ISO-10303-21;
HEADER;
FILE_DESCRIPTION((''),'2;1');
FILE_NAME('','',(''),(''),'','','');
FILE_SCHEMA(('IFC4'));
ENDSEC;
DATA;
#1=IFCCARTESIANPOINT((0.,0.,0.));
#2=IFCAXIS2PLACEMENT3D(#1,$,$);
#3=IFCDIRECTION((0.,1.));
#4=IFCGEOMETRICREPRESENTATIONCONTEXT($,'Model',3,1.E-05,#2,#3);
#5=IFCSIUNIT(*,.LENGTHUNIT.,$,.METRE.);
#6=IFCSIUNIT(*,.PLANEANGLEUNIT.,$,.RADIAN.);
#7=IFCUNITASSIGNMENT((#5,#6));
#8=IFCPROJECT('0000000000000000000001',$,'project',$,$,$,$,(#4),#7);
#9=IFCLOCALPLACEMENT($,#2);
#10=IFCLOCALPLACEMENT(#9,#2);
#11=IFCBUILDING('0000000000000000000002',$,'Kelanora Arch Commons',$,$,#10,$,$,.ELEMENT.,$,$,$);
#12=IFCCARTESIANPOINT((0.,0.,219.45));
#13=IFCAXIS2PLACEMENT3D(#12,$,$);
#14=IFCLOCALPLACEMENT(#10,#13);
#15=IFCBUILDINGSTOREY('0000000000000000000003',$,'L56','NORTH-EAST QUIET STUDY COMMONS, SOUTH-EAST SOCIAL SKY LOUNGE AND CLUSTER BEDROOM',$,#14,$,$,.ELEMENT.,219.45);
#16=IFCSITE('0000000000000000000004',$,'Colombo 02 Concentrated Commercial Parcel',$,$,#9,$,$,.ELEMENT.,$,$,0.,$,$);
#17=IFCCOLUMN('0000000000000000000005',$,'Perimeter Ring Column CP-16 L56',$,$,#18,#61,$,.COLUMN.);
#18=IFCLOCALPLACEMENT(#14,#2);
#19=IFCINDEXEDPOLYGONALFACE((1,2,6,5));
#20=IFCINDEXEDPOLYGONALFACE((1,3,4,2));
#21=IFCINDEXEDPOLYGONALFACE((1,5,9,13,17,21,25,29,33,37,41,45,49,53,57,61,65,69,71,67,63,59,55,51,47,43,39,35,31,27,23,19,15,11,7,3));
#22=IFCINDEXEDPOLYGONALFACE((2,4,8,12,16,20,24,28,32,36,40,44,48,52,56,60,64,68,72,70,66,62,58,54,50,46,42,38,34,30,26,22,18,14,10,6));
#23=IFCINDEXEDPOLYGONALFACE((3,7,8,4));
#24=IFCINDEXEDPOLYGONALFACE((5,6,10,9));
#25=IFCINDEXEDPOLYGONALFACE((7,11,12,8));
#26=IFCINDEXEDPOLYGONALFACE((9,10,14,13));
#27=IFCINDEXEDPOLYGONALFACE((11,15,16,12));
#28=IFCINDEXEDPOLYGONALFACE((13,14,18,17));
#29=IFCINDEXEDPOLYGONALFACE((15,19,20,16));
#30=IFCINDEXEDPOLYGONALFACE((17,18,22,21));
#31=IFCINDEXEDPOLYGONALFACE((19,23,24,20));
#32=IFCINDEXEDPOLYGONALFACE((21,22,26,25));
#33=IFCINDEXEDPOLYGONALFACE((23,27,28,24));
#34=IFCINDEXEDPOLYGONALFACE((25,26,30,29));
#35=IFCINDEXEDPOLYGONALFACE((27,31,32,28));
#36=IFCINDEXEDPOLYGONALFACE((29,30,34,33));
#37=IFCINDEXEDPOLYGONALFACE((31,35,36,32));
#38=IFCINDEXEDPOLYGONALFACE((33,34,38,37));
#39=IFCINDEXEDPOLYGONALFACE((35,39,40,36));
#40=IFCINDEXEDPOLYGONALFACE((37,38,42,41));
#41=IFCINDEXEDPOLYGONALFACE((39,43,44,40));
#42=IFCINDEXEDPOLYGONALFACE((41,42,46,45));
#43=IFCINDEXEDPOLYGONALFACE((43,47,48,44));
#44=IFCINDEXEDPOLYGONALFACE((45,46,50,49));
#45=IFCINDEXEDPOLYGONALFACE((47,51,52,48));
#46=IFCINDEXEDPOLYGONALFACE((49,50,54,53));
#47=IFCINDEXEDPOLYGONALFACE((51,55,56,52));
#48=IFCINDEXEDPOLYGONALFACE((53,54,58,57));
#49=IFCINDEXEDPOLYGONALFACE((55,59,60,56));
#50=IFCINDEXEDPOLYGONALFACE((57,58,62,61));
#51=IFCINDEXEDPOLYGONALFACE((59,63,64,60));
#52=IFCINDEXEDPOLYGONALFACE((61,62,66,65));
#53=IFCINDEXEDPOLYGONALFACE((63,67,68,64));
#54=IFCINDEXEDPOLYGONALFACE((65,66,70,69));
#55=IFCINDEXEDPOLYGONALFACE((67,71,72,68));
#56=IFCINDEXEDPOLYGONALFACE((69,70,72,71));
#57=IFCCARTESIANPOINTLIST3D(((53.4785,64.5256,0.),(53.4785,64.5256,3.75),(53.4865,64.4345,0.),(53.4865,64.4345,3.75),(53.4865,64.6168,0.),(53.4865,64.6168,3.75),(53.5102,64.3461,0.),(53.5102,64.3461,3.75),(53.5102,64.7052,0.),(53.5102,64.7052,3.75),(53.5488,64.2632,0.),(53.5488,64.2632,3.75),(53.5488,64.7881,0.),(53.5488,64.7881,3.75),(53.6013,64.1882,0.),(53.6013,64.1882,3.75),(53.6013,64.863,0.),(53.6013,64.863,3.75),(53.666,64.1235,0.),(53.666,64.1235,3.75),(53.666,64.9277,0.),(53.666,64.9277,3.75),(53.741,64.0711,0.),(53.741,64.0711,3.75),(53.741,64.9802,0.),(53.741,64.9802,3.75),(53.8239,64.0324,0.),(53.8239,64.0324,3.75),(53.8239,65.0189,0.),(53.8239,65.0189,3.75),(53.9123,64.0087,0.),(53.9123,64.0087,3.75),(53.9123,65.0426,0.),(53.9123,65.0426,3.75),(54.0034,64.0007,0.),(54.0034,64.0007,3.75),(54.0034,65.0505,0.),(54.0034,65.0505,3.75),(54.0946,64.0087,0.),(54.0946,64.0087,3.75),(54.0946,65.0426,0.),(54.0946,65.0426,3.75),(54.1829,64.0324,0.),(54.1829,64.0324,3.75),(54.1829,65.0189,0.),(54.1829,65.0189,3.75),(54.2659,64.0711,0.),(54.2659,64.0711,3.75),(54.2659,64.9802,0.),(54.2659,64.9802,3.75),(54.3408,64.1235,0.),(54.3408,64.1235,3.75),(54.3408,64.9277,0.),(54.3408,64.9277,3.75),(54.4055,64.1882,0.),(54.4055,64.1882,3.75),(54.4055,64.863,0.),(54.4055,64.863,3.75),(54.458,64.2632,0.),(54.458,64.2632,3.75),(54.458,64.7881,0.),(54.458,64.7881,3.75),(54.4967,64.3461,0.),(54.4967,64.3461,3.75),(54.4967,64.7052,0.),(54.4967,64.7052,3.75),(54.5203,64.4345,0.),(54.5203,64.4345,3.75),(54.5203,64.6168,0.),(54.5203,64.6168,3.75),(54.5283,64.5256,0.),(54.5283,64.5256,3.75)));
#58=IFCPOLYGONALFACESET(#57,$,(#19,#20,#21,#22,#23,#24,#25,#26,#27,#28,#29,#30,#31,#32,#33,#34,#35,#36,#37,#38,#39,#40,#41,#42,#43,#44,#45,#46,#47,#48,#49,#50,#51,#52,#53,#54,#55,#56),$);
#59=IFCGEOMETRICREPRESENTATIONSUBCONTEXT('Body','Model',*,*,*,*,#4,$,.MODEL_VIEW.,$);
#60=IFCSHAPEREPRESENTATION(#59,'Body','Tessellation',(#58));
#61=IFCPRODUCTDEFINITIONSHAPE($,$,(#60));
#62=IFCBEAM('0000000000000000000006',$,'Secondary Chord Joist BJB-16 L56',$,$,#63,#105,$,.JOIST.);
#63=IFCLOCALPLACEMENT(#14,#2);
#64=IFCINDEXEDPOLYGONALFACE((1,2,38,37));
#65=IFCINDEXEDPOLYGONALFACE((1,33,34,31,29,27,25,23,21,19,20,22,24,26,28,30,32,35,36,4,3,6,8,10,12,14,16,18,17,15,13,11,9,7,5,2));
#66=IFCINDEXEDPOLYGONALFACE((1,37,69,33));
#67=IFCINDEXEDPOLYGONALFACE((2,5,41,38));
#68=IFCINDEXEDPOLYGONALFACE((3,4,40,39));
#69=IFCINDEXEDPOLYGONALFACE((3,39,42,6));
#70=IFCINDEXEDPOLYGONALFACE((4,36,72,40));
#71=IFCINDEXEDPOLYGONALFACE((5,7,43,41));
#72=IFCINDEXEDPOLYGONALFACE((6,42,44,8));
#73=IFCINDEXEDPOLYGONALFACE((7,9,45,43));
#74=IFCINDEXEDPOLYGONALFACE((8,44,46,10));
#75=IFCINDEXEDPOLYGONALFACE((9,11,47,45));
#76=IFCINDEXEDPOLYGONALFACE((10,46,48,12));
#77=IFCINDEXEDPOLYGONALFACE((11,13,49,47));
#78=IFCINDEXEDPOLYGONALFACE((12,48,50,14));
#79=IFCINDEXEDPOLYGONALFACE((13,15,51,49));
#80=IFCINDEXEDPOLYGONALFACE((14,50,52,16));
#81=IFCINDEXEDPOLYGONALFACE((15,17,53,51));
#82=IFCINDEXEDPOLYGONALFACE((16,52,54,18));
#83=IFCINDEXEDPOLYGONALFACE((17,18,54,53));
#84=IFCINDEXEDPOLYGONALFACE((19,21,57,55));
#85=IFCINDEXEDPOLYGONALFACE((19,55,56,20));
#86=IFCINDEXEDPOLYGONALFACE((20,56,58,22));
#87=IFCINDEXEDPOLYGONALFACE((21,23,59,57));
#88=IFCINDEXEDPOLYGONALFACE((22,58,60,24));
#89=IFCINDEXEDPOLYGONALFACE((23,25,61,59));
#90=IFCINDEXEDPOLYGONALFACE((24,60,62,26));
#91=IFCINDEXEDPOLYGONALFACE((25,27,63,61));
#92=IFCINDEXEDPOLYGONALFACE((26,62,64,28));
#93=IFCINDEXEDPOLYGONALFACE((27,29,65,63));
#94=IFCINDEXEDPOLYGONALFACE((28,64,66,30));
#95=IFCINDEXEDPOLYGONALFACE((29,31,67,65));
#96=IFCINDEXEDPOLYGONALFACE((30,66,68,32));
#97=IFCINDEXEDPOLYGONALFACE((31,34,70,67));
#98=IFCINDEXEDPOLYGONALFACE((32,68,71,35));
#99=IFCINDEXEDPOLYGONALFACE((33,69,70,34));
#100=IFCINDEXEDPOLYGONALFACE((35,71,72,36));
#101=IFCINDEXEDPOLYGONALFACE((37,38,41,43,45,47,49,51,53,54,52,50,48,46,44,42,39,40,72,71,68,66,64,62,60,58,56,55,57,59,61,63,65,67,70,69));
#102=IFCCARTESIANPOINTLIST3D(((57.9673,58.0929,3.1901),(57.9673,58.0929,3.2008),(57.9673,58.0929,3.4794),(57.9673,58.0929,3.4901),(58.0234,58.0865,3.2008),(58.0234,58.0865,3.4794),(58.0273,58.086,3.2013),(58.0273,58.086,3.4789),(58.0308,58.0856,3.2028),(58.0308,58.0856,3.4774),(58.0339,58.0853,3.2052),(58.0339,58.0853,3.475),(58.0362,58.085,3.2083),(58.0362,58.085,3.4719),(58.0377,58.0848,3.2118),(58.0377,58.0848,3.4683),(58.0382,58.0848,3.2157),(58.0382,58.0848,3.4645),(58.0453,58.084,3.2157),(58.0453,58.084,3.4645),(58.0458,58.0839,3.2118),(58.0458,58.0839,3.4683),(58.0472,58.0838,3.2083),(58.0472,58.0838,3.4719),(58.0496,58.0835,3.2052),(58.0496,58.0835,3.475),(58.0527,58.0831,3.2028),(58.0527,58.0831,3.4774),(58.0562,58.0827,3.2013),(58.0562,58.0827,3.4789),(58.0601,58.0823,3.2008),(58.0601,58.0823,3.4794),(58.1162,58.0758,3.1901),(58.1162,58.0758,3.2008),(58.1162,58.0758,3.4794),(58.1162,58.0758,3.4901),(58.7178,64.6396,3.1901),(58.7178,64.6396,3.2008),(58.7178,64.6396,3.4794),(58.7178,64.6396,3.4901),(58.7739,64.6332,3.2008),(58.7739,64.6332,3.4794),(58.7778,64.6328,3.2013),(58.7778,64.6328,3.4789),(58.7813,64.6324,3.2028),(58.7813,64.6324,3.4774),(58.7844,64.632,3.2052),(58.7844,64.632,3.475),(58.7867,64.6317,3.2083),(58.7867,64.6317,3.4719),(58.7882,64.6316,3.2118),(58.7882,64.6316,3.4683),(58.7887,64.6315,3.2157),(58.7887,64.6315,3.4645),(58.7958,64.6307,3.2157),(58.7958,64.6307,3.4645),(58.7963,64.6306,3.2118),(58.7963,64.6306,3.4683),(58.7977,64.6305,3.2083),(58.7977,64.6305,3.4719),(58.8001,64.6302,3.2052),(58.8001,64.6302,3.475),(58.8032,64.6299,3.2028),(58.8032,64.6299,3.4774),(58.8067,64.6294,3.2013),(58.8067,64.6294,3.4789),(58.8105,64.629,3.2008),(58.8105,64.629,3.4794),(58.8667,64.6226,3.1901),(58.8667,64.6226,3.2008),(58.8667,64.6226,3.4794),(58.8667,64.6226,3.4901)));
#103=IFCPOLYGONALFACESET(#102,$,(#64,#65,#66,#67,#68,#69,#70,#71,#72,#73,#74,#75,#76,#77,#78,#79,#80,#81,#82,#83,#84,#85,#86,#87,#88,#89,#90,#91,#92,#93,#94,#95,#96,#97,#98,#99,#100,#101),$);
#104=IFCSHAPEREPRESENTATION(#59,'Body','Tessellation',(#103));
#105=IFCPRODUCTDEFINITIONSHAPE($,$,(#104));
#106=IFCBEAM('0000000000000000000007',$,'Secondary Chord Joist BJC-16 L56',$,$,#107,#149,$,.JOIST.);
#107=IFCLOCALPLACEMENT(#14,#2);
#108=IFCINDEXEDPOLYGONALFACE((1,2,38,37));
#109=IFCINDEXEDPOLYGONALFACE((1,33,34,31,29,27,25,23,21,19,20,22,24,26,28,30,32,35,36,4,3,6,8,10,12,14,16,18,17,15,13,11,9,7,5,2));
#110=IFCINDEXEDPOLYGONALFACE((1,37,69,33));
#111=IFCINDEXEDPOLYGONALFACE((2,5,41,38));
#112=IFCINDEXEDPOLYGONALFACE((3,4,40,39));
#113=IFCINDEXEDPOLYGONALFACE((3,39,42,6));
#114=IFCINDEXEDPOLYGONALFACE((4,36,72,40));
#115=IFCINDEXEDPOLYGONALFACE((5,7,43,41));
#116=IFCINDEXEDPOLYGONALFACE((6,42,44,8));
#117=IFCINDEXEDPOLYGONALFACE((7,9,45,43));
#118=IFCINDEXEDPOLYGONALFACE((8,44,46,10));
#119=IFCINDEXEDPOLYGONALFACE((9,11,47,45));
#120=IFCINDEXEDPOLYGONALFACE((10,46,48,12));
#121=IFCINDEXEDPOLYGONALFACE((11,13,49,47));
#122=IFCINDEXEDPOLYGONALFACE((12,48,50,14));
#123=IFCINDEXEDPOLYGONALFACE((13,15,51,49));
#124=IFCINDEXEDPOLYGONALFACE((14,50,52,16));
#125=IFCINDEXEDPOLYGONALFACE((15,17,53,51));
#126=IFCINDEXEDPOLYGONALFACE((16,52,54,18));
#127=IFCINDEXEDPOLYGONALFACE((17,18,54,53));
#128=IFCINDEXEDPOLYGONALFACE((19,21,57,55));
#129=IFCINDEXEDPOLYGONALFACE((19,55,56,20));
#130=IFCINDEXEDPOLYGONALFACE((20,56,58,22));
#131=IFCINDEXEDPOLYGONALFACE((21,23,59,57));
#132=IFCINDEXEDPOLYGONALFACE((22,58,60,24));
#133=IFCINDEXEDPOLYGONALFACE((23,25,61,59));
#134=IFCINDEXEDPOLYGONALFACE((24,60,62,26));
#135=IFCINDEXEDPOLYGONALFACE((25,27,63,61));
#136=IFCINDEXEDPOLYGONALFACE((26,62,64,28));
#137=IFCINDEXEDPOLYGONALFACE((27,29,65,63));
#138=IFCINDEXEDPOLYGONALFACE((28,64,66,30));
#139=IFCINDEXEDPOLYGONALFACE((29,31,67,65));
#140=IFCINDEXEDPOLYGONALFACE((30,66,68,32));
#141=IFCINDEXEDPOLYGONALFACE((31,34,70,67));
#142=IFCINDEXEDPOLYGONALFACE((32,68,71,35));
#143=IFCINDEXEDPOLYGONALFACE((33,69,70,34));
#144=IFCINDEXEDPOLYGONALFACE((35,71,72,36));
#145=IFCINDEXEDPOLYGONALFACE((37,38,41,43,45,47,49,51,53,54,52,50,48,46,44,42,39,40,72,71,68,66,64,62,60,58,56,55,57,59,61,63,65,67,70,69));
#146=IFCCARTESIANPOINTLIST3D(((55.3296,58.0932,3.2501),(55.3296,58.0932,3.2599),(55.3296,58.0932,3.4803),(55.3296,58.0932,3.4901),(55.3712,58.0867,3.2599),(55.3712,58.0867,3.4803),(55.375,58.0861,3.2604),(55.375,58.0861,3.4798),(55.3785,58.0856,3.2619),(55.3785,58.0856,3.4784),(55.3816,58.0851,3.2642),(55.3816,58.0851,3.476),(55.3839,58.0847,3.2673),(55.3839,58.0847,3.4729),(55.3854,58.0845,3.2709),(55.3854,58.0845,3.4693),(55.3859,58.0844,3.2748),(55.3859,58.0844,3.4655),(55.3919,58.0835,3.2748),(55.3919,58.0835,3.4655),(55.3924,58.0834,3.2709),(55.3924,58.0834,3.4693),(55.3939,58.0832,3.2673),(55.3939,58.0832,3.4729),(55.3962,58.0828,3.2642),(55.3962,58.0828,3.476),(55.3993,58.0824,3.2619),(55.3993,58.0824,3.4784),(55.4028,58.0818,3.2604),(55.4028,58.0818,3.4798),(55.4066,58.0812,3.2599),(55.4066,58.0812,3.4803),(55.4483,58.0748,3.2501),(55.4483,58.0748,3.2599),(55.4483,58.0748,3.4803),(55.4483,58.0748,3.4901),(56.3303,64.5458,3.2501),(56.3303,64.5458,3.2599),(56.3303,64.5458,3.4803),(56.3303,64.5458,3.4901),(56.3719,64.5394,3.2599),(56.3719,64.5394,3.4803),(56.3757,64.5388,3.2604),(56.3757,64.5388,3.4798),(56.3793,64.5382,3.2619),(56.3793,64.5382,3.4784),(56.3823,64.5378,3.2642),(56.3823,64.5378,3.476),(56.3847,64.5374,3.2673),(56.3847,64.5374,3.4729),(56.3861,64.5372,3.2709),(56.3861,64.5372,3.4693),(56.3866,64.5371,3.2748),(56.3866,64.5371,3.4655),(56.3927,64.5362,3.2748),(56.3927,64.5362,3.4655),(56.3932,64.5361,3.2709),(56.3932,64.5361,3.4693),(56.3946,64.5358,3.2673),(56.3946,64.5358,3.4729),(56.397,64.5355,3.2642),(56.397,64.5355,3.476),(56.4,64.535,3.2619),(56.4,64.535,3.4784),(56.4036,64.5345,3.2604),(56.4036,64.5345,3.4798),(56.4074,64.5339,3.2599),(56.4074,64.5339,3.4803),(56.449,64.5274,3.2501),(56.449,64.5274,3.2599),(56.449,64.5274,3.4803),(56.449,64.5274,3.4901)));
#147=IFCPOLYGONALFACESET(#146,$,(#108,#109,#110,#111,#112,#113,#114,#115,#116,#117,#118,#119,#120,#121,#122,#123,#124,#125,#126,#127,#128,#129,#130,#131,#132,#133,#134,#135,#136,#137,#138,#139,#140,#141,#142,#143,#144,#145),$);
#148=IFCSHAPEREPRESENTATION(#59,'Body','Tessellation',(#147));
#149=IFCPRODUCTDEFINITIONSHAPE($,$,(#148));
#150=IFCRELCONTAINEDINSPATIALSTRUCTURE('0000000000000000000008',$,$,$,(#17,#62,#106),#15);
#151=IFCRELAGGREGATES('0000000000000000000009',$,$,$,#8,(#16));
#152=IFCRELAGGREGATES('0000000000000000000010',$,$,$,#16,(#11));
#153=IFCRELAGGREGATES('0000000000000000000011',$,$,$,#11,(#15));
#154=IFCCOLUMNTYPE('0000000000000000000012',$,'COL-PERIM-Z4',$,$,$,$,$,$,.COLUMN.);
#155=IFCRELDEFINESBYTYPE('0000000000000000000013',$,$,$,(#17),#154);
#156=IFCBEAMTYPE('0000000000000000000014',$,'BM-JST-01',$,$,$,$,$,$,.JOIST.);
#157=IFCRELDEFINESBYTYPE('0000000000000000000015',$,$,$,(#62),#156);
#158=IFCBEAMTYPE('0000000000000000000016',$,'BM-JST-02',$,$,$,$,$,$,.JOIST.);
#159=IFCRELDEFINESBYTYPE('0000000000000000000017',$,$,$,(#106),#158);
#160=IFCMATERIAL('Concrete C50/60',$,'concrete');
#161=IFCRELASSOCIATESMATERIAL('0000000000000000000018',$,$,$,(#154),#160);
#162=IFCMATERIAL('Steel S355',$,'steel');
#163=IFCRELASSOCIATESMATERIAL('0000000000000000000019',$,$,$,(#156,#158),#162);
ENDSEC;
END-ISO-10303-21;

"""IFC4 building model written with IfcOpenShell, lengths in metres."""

from ifc_helpers import new_model, si_unit, direction, frame, origin, origin_2d, place, context, subcontext, project, spatial, circle, i_section, extrude, material, material_profile, profile_set, type_object, element, save


model = new_model("IFC4")

# Units and contexts
model_context = context("Model", 3, precision=1e-05, world=origin(), true_north=direction((0.0, 1.0)))
body_context = subcontext(model_context, "Body", "Model", "MODEL_VIEW")
ifc_project = project(units=[si_unit("LENGTHUNIT", "METRE"), si_unit("PLANEANGLEUNIT", "RADIAN")], contexts=[model_context])

# Site, building, storey
site_placement = place(None, origin())
site = spatial("IfcSite", under=ifc_project, at=site_placement, Name="Colombo 02 Concentrated Commercial Parcel", CompositionType="ELEMENT", RefElevation=0.0)
building_placement = place(site_placement, origin())
building = spatial("IfcBuilding", under=site, at=building_placement, Name="Kelanora Arch Commons", CompositionType="ELEMENT")
storey_placement = place(building_placement, frame((0.0, 0.0, 219.45)))
storey = spatial("IfcBuildingStorey", under=building, at=storey_placement, Name="L56", Description="NORTH-EAST QUIET STUDY COMMONS, SOUTH-EAST SOCIAL SKY LOUNGE AND CLUSTER BEDROOM", CompositionType="ELEMENT", Elevation=219.45)

# Column
ifc_material_1 = material(Name="Concrete C50/60", Category="concrete")
ifc_material_profile_1 = material_profile(ifc_material_1, circle(Radius=0.5249, at=origin_2d()), Name="RCC1050")
ifc_profile_set_1 = profile_set([ifc_material_profile_1], Name="Concrete C50/60")
column_type = type_object("IfcColumnType", Name="COL-PERIM-Z4", PredefinedType="COLUMN", material=ifc_profile_set_1)
column_placement = place(storey_placement, frame((54.0034, 64.5256, 0.0), z_axis=(0.0, 0.0, 1.0), x_axis=(1.0, 0.0, 0.0)))
element("IfcColumn", 1, at=column_placement, inside=storey, type_object=column_type, Name="Perimeter Ring Column CP-16 L56", PredefinedType="COLUMN", context=body_context, shape_type="SweptSolid", body=[
    extrude(circle(Radius=0.5249, at=origin_2d()), origin(), (0.0, 0.0, 1.0), 3.75),
])

# Beams
ifc_material_2 = material(Name="Steel S355", Category="steel")
ifc_material_profile_2 = material_profile(ifc_material_2, i_section(OverallWidth=0.1499, OverallDepth=0.3, WebThickness=0.0071, FlangeThickness=0.0107, FilletRadius=0.0149, at=origin_2d()), Name="IPE300")
ifc_profile_set_2 = profile_set([ifc_material_profile_2], Name="Steel S355")
beam_type_1 = type_object("IfcBeamType", Name="BM-JST-01", PredefinedType="JOIST", material=ifc_profile_set_2)
beam_1_placement = place(storey_placement, frame((58.7922, 64.6311, 3.3401), z_axis=(-0.113891, -0.993493, 0.0), x_axis=(0.993493, -0.113891, 0.0)))
element("IfcBeam", 2, at=beam_1_placement, inside=storey, type_object=beam_type_1, Name="Secondary Chord Joist BJB-16 L56", PredefinedType="JOIST", context=body_context, shape_type="SweptSolid", body=[
    extrude(i_section(OverallWidth=0.1499, OverallDepth=0.3, WebThickness=0.0071, FlangeThickness=0.0107, FilletRadius=0.0149, at=origin_2d()), origin(), (0.0, 0.0, 1.0), 6.5896),
])
ifc_material_profile_3 = material_profile(ifc_material_2, i_section(OverallWidth=0.1201, OverallDepth=0.24, WebThickness=0.0061, FlangeThickness=0.0098, FilletRadius=0.0149, at=origin_2d()), Name="IPE240")
ifc_profile_set_3 = profile_set([ifc_material_profile_3], Name="Steel S355")
beam_type_2 = type_object("IfcBeamType", Name="BM-JST-02", PredefinedType="JOIST", material=ifc_profile_set_3)
beam_2_placement = place(storey_placement, frame((56.3896, 64.5366, 3.3701), z_axis=(-0.153257, -0.988186, 0.0), x_axis=(0.988186, -0.153257, 0.0)))
element("IfcBeam", 3, at=beam_2_placement, inside=storey, type_object=beam_type_2, Name="Secondary Chord Joist BJC-16 L56", PredefinedType="JOIST", context=body_context, shape_type="SweptSolid", body=[
    extrude(i_section(OverallWidth=0.1201, OverallDepth=0.24, WebThickness=0.0061, FlangeThickness=0.0098, FilletRadius=0.0149, at=origin_2d()), origin(), (0.0, 0.0, 1.0), 6.5298),
])

save(model, "model.ifc")
